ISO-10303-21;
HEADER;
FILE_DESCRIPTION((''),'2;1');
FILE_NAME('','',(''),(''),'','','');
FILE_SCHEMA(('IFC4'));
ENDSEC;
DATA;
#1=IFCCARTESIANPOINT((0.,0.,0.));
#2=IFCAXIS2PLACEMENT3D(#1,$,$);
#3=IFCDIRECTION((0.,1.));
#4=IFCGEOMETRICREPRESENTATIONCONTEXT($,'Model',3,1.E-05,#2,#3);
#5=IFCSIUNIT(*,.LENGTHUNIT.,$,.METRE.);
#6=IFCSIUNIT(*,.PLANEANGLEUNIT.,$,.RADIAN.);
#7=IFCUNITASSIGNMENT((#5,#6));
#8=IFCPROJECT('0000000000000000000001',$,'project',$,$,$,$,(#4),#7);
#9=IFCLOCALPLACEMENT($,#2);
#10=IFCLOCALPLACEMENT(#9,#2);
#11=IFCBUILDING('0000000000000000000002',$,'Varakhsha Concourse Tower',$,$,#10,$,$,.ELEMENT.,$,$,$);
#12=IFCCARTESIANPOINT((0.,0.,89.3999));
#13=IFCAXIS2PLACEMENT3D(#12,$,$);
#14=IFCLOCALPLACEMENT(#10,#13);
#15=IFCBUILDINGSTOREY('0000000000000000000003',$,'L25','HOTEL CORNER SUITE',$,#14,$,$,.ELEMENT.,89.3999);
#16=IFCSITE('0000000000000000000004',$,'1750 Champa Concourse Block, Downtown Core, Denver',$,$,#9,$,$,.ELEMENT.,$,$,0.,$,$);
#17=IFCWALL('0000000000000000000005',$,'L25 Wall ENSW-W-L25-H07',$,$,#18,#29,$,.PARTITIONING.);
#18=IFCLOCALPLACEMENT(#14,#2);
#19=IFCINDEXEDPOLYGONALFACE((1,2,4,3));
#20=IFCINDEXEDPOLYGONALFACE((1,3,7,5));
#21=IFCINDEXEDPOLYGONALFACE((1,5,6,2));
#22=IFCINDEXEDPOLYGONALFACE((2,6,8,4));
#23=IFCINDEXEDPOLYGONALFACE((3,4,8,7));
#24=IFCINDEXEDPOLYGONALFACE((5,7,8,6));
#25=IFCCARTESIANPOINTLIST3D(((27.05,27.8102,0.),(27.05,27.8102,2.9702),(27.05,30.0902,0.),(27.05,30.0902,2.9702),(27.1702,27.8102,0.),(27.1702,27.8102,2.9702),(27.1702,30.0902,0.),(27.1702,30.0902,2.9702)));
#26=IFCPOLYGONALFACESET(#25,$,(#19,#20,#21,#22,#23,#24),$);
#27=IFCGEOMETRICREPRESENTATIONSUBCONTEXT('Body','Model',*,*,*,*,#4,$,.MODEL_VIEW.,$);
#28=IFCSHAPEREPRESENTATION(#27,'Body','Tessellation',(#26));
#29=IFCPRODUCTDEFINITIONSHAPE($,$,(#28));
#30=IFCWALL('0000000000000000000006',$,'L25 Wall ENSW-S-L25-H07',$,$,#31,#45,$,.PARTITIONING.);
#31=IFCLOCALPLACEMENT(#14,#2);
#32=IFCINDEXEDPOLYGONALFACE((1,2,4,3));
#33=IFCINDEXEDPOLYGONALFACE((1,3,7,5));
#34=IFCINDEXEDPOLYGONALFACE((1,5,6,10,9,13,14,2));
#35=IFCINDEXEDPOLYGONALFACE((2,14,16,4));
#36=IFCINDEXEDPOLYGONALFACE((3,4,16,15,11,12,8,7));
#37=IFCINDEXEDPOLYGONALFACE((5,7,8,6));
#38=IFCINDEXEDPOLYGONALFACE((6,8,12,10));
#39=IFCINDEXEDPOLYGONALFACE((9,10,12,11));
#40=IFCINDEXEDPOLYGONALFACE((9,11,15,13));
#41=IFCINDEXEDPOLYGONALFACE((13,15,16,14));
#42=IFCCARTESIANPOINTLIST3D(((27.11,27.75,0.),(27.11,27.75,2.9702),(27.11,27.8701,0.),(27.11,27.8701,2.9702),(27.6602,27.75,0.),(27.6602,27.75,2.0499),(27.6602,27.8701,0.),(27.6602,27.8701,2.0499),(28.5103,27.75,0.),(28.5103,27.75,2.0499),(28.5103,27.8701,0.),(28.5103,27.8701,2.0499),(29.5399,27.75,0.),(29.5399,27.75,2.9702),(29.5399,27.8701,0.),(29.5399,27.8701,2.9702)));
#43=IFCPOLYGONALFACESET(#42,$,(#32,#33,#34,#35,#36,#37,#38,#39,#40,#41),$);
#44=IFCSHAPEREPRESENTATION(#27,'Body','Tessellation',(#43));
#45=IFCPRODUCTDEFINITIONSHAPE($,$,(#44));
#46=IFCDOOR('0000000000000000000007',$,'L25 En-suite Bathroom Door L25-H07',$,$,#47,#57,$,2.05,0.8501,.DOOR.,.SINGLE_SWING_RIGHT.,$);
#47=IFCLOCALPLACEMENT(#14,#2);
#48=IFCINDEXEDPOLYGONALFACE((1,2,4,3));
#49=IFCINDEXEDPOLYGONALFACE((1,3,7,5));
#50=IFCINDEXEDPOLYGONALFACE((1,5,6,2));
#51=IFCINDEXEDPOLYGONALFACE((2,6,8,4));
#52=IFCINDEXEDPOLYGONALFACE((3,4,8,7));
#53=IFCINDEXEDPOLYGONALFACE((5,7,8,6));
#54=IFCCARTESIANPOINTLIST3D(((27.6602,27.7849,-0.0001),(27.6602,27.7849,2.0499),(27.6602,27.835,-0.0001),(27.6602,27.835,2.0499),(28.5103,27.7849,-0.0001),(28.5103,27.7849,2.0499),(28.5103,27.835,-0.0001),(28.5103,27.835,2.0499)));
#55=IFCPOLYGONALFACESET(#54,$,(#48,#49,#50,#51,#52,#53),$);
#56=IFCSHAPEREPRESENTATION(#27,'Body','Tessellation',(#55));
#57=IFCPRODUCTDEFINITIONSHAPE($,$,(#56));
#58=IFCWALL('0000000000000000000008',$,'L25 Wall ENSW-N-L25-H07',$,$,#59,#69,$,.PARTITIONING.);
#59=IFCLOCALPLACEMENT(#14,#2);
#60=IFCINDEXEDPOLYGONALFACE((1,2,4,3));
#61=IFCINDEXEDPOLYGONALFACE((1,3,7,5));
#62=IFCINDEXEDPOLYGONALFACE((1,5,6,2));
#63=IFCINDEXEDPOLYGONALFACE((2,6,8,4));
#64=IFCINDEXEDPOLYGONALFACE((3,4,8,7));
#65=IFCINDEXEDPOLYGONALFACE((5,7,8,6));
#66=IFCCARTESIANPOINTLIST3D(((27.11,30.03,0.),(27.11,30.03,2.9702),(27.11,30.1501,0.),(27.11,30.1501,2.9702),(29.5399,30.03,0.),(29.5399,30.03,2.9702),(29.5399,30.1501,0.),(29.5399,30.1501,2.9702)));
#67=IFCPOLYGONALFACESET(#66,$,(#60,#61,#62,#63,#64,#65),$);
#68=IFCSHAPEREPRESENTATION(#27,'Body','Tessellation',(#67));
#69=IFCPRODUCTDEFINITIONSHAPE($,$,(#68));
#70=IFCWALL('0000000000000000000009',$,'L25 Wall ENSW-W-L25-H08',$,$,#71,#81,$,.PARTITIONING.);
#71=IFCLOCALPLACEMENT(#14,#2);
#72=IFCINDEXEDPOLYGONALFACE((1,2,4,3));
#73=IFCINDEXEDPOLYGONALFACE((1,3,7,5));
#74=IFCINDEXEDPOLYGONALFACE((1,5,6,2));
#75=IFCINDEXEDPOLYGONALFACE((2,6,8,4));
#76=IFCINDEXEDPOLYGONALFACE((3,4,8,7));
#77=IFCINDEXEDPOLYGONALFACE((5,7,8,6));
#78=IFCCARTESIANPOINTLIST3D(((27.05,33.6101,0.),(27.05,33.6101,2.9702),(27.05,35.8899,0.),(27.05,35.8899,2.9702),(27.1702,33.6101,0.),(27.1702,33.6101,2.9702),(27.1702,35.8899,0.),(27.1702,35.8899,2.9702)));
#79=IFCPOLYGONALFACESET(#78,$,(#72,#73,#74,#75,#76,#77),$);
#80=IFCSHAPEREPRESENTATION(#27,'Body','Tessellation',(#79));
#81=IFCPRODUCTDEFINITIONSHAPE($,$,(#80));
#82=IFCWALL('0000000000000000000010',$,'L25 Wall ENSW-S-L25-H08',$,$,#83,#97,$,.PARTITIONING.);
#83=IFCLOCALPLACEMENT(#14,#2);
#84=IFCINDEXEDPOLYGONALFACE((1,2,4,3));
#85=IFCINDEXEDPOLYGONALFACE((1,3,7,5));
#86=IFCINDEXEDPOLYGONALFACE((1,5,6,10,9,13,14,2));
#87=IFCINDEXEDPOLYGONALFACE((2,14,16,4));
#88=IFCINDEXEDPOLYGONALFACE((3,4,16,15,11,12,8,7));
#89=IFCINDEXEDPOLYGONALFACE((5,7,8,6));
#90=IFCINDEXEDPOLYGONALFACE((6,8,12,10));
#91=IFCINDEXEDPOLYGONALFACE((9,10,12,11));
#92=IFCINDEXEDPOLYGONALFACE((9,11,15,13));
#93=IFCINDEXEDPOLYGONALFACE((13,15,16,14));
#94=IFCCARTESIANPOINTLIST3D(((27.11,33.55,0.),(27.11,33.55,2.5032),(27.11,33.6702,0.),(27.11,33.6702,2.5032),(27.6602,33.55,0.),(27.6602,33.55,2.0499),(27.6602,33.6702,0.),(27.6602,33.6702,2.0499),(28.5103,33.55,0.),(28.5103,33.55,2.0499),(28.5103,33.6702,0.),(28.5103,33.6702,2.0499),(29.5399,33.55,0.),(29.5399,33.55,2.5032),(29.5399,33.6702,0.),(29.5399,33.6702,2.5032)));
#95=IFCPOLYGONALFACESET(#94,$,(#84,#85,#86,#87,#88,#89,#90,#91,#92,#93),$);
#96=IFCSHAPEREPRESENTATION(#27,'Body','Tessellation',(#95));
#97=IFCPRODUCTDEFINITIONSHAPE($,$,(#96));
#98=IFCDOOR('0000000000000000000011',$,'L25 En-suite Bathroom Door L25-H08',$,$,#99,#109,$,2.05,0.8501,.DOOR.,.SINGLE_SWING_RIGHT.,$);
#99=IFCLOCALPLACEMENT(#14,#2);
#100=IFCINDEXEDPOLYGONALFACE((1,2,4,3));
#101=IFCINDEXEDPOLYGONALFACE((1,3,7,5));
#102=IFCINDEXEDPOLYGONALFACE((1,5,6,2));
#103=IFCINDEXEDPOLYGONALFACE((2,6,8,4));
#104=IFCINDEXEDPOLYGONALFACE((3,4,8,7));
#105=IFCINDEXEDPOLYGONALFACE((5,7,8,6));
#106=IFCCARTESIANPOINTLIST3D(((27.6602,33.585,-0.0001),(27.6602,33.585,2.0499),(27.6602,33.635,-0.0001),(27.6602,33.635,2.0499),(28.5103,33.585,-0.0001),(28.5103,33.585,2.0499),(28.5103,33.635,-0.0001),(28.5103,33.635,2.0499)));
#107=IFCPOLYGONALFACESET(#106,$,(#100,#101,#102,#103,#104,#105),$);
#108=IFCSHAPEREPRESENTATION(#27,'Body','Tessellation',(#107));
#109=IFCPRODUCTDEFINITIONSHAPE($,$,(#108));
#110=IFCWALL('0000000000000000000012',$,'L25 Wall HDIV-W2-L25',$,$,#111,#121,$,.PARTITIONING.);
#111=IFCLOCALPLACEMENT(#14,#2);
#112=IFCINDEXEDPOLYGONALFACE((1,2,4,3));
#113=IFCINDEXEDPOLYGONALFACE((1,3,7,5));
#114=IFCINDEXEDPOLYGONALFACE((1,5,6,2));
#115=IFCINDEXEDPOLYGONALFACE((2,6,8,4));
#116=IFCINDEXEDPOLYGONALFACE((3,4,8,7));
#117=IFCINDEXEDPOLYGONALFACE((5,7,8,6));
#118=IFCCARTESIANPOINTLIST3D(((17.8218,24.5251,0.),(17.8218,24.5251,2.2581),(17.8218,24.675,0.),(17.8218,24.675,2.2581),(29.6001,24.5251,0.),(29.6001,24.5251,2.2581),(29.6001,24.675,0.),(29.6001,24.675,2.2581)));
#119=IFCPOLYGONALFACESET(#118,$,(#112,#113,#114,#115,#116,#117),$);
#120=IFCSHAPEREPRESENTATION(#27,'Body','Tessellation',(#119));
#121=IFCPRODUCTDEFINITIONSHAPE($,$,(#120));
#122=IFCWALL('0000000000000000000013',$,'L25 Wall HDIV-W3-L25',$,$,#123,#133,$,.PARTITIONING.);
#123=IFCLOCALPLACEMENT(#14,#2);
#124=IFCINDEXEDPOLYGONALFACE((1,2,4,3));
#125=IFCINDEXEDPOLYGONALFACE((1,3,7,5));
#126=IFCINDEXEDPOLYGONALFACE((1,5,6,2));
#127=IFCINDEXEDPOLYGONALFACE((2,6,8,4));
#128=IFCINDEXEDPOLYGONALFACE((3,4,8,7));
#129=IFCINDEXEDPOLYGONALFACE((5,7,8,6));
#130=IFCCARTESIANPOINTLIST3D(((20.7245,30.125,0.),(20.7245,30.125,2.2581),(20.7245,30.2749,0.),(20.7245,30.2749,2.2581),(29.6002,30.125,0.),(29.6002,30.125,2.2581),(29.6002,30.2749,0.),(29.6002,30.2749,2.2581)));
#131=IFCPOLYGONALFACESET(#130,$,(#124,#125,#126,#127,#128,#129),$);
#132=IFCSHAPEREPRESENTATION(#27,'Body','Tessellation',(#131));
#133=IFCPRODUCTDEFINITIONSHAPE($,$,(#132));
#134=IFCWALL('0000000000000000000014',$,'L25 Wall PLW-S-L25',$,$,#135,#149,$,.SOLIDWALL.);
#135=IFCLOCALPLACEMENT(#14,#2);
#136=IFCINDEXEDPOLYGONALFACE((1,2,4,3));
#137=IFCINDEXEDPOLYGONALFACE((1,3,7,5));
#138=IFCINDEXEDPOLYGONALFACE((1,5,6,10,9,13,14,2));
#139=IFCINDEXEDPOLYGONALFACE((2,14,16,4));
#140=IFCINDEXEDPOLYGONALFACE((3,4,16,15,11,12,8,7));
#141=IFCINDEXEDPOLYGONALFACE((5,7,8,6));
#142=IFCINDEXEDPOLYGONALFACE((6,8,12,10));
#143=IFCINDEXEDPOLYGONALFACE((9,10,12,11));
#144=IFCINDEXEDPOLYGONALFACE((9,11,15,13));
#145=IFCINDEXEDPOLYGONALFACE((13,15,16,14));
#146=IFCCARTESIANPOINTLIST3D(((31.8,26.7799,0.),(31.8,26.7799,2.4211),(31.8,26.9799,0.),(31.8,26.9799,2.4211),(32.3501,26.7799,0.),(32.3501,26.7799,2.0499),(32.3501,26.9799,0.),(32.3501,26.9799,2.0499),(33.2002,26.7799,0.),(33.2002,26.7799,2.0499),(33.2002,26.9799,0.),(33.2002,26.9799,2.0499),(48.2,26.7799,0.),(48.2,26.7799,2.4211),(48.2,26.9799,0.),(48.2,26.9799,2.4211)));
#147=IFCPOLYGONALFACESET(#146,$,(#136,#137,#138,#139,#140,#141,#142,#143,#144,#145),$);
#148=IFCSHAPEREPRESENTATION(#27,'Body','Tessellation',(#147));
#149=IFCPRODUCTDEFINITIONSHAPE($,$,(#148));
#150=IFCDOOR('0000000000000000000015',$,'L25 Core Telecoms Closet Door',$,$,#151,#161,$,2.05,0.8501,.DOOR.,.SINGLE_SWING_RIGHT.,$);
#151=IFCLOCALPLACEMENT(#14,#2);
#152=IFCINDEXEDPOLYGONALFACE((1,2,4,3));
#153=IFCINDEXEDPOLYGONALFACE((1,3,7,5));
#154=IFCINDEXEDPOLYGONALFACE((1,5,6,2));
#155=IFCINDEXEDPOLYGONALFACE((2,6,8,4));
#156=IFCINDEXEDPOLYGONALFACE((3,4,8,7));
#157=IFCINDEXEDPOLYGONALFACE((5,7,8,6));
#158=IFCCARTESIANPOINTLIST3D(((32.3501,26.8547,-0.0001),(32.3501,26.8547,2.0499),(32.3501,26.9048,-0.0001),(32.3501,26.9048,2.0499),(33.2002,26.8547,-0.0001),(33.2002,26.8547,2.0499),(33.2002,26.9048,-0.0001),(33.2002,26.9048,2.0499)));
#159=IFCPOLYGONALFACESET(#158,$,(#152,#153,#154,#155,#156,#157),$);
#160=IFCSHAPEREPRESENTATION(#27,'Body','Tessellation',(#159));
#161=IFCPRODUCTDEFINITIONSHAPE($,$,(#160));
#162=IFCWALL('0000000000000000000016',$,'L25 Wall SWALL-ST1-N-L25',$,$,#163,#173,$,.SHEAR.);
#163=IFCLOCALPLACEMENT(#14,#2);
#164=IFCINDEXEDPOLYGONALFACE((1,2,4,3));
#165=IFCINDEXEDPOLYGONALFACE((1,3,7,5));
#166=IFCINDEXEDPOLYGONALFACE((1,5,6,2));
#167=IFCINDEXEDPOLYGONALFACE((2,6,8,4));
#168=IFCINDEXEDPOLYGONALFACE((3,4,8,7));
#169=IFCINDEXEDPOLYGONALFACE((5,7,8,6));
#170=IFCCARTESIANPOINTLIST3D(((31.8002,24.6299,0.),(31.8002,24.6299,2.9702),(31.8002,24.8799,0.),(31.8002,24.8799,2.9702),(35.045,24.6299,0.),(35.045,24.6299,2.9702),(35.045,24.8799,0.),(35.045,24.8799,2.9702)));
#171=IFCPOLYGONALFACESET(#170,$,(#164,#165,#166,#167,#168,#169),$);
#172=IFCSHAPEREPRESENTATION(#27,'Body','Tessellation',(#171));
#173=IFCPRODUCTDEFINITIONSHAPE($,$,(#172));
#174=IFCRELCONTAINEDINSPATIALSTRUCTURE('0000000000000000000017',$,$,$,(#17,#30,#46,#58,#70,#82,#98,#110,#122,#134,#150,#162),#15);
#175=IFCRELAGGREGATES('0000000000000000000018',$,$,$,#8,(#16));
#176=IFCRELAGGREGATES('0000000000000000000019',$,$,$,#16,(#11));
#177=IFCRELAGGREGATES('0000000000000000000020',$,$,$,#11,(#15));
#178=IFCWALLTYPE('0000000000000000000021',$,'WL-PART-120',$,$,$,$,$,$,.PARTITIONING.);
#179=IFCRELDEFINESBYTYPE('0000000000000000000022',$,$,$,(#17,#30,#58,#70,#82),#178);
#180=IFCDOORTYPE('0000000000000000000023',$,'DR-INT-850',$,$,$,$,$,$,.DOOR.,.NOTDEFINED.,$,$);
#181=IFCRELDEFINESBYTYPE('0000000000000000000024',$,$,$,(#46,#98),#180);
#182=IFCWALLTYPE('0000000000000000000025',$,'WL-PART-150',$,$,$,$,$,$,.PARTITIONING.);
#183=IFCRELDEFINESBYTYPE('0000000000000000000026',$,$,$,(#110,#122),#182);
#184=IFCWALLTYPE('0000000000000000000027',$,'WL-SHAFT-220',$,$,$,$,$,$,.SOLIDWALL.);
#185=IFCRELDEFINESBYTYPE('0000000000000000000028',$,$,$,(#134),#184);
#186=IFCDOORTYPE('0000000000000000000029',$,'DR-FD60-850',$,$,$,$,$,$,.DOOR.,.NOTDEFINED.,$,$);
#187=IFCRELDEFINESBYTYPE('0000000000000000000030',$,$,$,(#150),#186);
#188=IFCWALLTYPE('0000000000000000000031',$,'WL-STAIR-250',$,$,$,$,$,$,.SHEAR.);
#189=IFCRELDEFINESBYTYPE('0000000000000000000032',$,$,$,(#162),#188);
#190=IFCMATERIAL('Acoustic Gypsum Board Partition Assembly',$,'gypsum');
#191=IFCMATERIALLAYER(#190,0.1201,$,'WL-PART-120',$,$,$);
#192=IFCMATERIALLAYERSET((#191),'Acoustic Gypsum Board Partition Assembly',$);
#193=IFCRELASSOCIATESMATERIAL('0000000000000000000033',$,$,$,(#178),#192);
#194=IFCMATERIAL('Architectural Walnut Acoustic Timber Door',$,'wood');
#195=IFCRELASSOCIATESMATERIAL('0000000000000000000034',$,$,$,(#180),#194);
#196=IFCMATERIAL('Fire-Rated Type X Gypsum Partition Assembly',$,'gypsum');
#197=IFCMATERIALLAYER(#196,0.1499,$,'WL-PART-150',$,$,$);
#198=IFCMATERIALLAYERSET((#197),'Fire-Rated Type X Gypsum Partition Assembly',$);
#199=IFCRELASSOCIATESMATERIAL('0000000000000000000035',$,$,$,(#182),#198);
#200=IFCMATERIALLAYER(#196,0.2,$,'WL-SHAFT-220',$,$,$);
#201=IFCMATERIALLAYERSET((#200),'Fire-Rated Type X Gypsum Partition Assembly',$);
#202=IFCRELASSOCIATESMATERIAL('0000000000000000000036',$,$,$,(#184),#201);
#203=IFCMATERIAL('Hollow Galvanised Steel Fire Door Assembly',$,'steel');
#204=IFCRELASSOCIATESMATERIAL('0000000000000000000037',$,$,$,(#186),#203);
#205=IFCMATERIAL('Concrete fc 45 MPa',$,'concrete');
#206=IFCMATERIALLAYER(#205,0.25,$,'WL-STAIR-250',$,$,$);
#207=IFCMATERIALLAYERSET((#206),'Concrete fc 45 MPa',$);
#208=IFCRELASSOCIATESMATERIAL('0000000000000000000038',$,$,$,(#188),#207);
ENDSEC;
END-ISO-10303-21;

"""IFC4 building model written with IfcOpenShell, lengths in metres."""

from ifc_helpers import new_model, si_unit, direction, frame, frame_2d, origin, place, context, subcontext, project, spatial, rectangle, extrude, material, layer, layer_set, type_object, element, fill, save


model = new_model("IFC4")

# Units and contexts
model_context = context("Model", 3, precision=1e-05, world=origin(), true_north=direction((0.0, 1.0)))
body_context = subcontext(model_context, "Body", "Model", "MODEL_VIEW")
ifc_project = project(units=[si_unit("LENGTHUNIT", "METRE"), si_unit("PLANEANGLEUNIT", "RADIAN")], contexts=[model_context])

# Site, building, storey
site_placement = place(None, origin())
site = spatial("IfcSite", under=ifc_project, at=site_placement, Name="1750 Champa Concourse Block, Downtown Core, Denver", CompositionType="ELEMENT", RefElevation=0.0)
building_placement = place(site_placement, origin())
building = spatial("IfcBuilding", under=site, at=building_placement, Name="Varakhsha Concourse Tower", CompositionType="ELEMENT")
storey_placement = place(building_placement, frame((0.0, 0.0, 89.3999)))
storey = spatial("IfcBuildingStorey", under=building, at=storey_placement, Name="L25", Description="HOTEL CORNER SUITE", CompositionType="ELEMENT", Elevation=89.3999)

# Shared definitions
ifc_material_1 = material(Name="Acoustic Gypsum Board Partition Assembly", Category="gypsum")
ifc_layer_1 = layer(ifc_material_1, 0.1201, Name="WL-PART-120")
ifc_layer_set_1 = layer_set([ifc_layer_1], Name="Acoustic Gypsum Board Partition Assembly")
wall_type_1 = type_object("IfcWallType", Name="WL-PART-120", PredefinedType="PARTITIONING", material=ifc_layer_set_1)

# Shared definitions
ifc_material_2 = material(Name="Architectural Walnut Acoustic Timber Door", Category="wood")
door_type_1 = type_object("IfcDoorType", Name="DR-INT-850", OperationType="NOTDEFINED", PredefinedType="DOOR", material=ifc_material_2)

# Wall
wall_1_placement = place(storey_placement, frame((27.1101, 27.8101, 0.0), z_axis=(0.0, 0.0, 1.0), x_axis=(0.0, 1.0, 0.0)))
element("IfcWall", 1, at=wall_1_placement, inside=storey, type_object=wall_type_1, Name="L25 Wall ENSW-W-L25-H07", PredefinedType="PARTITIONING", context=body_context, shape_type="SweptSolid", body=[
    extrude(rectangle(XDim=2.28, YDim=0.1201, at=frame_2d((1.1401, 0.0))), origin(), (0.0, 0.0, 1.0), 2.9702),
])

# Wall, opening, door
wall_2_placement = place(storey_placement, frame((27.1101, 27.8101, 0.0), z_axis=(0.0, 0.0, 1.0), x_axis=(1.0, 0.0, 0.0)))
wall_2 = element("IfcWall", 2, at=wall_2_placement, inside=storey, type_object=wall_type_1, Name="L25 Wall ENSW-S-L25-H07", PredefinedType="PARTITIONING", context=body_context, shape_type="SweptSolid", body=[
    extrude(rectangle(XDim=2.4299, YDim=0.1201, at=frame_2d((1.2148, 0.0))), origin(), (0.0, 0.0, 1.0), 2.9702),
])
opening_1_placement = place(wall_2_placement, frame((0.55, 0.0, 0.0)))
opening_1 = element("IfcOpeningElement", 3, at=opening_1_placement, cuts=wall_2, PredefinedType="OPENING", context=body_context, shape_type="SweptSolid", body=[
    extrude(rectangle(XDim=0.8501, YDim=2.05, at=frame_2d((0.425, 1.0249))), frame((0.0, 0.0701, 0.0), z_axis=(0.0, -1.0, 0.0), x_axis=(1.0, 0.0, 0.0)), (0.0, 0.0, 1.0), 0.1401),
])
door_1_placement = place(opening_1_placement, origin())
door_1 = element("IfcDoor", 4, at=door_1_placement, inside=storey, type_object=door_type_1, Name="L25 En-suite Bathroom Door L25-H07", OperationType="SINGLE_SWING_RIGHT", OverallHeight=2.05, OverallWidth=0.8501, PredefinedType="DOOR", context=body_context, shape_type="SweptSolid", body=[
    extrude(rectangle(XDim=0.8501, YDim=2.05, at=frame_2d((0.425, 1.0249))), frame((0.0, 0.0249, 0.0), z_axis=(0.0, -1.0, 0.0), x_axis=(1.0, 0.0, 0.0)), (0.0, 0.0, 1.0), 0.05),
])
fill(opening_1, door_1)

# Walls
wall_3_placement = place(storey_placement, frame((27.1101, 30.0901, 0.0), z_axis=(0.0, 0.0, 1.0), x_axis=(1.0, 0.0, 0.0)))
element("IfcWall", 5, at=wall_3_placement, inside=storey, type_object=wall_type_1, Name="L25 Wall ENSW-N-L25-H07", PredefinedType="PARTITIONING", context=body_context, shape_type="SweptSolid", body=[
    extrude(rectangle(XDim=2.4299, YDim=0.1201, at=frame_2d((1.2148, 0.0))), origin(), (0.0, 0.0, 1.0), 2.9702),
])
wall_4_placement = place(storey_placement, frame((27.1101, 33.6101, 0.0), z_axis=(0.0, 0.0, 1.0), x_axis=(0.0, 1.0, 0.0)))
element("IfcWall", 6, at=wall_4_placement, inside=storey, type_object=wall_type_1, Name="L25 Wall ENSW-W-L25-H08", PredefinedType="PARTITIONING", context=body_context, shape_type="SweptSolid", body=[
    extrude(rectangle(XDim=2.2798, YDim=0.1201, at=frame_2d((1.1399, 0.0))), origin(), (0.0, 0.0, 1.0), 2.9702),
])

# Wall, opening, door
wall_5_placement = place(storey_placement, frame((27.1101, 33.6101, 0.0), z_axis=(0.0, 0.0, 1.0), x_axis=(1.0, 0.0, 0.0)))
wall_5 = element("IfcWall", 7, at=wall_5_placement, inside=storey, type_object=wall_type_1, Name="L25 Wall ENSW-S-L25-H08", PredefinedType="PARTITIONING", context=body_context, shape_type="SweptSolid", body=[
    extrude(rectangle(XDim=2.4299, YDim=0.1201, at=frame_2d((1.2148, 0.0))), origin(), (0.0, 0.0, 1.0), 2.5032),
])
opening_2_placement = place(wall_5_placement, frame((0.55, 0.0, 0.0)))
opening_2 = element("IfcOpeningElement", 8, at=opening_2_placement, cuts=wall_5, PredefinedType="OPENING", context=body_context, shape_type="SweptSolid", body=[
    extrude(rectangle(XDim=0.8501, YDim=2.05, at=frame_2d((0.425, 1.0249))), frame((0.0, 0.0701, 0.0), z_axis=(0.0, -1.0, 0.0), x_axis=(1.0, 0.0, 0.0)), (0.0, 0.0, 1.0), 0.1401),
])
door_2_placement = place(opening_2_placement, origin())
door_2 = element("IfcDoor", 9, at=door_2_placement, inside=storey, type_object=door_type_1, Name="L25 En-suite Bathroom Door L25-H08", OperationType="SINGLE_SWING_RIGHT", OverallHeight=2.05, OverallWidth=0.8501, PredefinedType="DOOR", context=body_context, shape_type="SweptSolid", body=[
    extrude(rectangle(XDim=0.8501, YDim=2.05, at=frame_2d((0.425, 1.0249))), frame((0.0, 0.0249, 0.0), z_axis=(0.0, -1.0, 0.0), x_axis=(1.0, 0.0, 0.0)), (0.0, 0.0, 1.0), 0.05),
])
fill(opening_2, door_2)

# Walls
ifc_material_3 = material(Name="Fire-Rated Type X Gypsum Partition Assembly", Category="gypsum")
ifc_layer_2 = layer(ifc_material_3, 0.1499, Name="WL-PART-150")
ifc_layer_set_2 = layer_set([ifc_layer_2], Name="Fire-Rated Type X Gypsum Partition Assembly")
wall_type_2 = type_object("IfcWallType", Name="WL-PART-150", PredefinedType="PARTITIONING", material=ifc_layer_set_2)
wall_6_placement = place(storey_placement, frame((17.8218, 24.6001, 0.0), z_axis=(0.0, 0.0, 1.0), x_axis=(1.0, 0.0, 0.0)))
element("IfcWall", 10, at=wall_6_placement, inside=storey, type_object=wall_type_2, Name="L25 Wall HDIV-W2-L25", PredefinedType="PARTITIONING", context=body_context, shape_type="SweptSolid", body=[
    extrude(rectangle(XDim=11.7783, YDim=0.1499, at=frame_2d((5.8892, 0.0))), origin(), (0.0, 0.0, 1.0), 2.2581),
])
wall_7_placement = place(storey_placement, frame((20.7244, 30.2, 0.0), z_axis=(0.0, 0.0, 1.0), x_axis=(1.0, 0.0, 0.0)))
element("IfcWall", 11, at=wall_7_placement, inside=storey, type_object=wall_type_2, Name="L25 Wall HDIV-W3-L25", PredefinedType="PARTITIONING", context=body_context, shape_type="SweptSolid", body=[
    extrude(rectangle(XDim=8.8757, YDim=0.1499, at=frame_2d((4.438, 0.0))), origin(), (0.0, 0.0, 1.0), 2.2581),
])

# Shared definitions
ifc_layer_3 = layer(ifc_material_3, 0.2, Name="WL-SHAFT-220")
ifc_layer_set_3 = layer_set([ifc_layer_3], Name="Fire-Rated Type X Gypsum Partition Assembly")
wall_type_3 = type_object("IfcWallType", Name="WL-SHAFT-220", PredefinedType="SOLIDWALL", material=ifc_layer_set_3)
ifc_material_4 = material(Name="Hollow Galvanised Steel Fire Door Assembly", Category="steel")
door_type_2 = type_object("IfcDoorType", Name="DR-FD60-850", OperationType="NOTDEFINED", PredefinedType="DOOR", material=ifc_material_4)

# Wall, opening, door
wall_8_placement = place(storey_placement, frame((31.8, 26.8799, 0.0), z_axis=(0.0, 0.0, 1.0), x_axis=(1.0, 0.0, 0.0)))
wall_8 = element("IfcWall", 12, at=wall_8_placement, inside=storey, type_object=wall_type_3, Name="L25 Wall PLW-S-L25", PredefinedType="SOLIDWALL", context=body_context, shape_type="SweptSolid", body=[
    extrude(rectangle(XDim=16.3999, YDim=0.2, at=frame_2d((8.2, 0.0))), origin(), (0.0, 0.0, 1.0), 2.4211),
])
opening_3_placement = place(wall_8_placement, frame((0.55, 0.0, 0.0)))
opening_3 = element("IfcOpeningElement", 13, at=opening_3_placement, cuts=wall_8, PredefinedType="OPENING", context=body_context, shape_type="SweptSolid", body=[
    extrude(rectangle(XDim=0.8501, YDim=2.05, at=frame_2d((0.425, 1.0249))), frame((0.0, 0.1099, 0.0), z_axis=(0.0, -1.0, 0.0), x_axis=(1.0, 0.0, 0.0)), (0.0, 0.0, 1.0), 0.22),
])
door_3_placement = place(opening_3_placement, origin())
door_3 = element("IfcDoor", 14, at=door_3_placement, inside=storey, type_object=door_type_2, Name="L25 Core Telecoms Closet Door", OperationType="SINGLE_SWING_RIGHT", OverallHeight=2.05, OverallWidth=0.8501, PredefinedType="DOOR", context=body_context, shape_type="SweptSolid", body=[
    extrude(rectangle(XDim=0.8501, YDim=2.05, at=frame_2d((0.425, 1.0249))), frame((0.0, 0.0249, 0.0), z_axis=(0.0, -1.0, 0.0), x_axis=(1.0, 0.0, 0.0)), (0.0, 0.0, 1.0), 0.05),
])
fill(opening_3, door_3)

# Wall
ifc_material_5 = material(Name="Concrete fc 45 MPa", Category="concrete")
ifc_layer_4 = layer(ifc_material_5, 0.25, Name="WL-STAIR-250")
ifc_layer_set_4 = layer_set([ifc_layer_4], Name="Concrete fc 45 MPa")
wall_type_4 = type_object("IfcWallType", Name="WL-STAIR-250", PredefinedType="SHEAR", material=ifc_layer_set_4)
wall_9_placement = place(storey_placement, frame((31.8, 24.7549, 0.0), z_axis=(0.0, 0.0, 1.0), x_axis=(1.0, 0.0, 0.0)))
element("IfcWall", 15, at=wall_9_placement, inside=storey, type_object=wall_type_4, Name="L25 Wall SWALL-ST1-N-L25", PredefinedType="SHEAR", context=body_context, shape_type="SweptSolid", body=[
    extrude(rectangle(XDim=3.2449, YDim=0.25, at=frame_2d((1.6226, 0.0))), origin(), (0.0, 0.0, 1.0), 2.9702),
])

save(model, "model.ifc")
